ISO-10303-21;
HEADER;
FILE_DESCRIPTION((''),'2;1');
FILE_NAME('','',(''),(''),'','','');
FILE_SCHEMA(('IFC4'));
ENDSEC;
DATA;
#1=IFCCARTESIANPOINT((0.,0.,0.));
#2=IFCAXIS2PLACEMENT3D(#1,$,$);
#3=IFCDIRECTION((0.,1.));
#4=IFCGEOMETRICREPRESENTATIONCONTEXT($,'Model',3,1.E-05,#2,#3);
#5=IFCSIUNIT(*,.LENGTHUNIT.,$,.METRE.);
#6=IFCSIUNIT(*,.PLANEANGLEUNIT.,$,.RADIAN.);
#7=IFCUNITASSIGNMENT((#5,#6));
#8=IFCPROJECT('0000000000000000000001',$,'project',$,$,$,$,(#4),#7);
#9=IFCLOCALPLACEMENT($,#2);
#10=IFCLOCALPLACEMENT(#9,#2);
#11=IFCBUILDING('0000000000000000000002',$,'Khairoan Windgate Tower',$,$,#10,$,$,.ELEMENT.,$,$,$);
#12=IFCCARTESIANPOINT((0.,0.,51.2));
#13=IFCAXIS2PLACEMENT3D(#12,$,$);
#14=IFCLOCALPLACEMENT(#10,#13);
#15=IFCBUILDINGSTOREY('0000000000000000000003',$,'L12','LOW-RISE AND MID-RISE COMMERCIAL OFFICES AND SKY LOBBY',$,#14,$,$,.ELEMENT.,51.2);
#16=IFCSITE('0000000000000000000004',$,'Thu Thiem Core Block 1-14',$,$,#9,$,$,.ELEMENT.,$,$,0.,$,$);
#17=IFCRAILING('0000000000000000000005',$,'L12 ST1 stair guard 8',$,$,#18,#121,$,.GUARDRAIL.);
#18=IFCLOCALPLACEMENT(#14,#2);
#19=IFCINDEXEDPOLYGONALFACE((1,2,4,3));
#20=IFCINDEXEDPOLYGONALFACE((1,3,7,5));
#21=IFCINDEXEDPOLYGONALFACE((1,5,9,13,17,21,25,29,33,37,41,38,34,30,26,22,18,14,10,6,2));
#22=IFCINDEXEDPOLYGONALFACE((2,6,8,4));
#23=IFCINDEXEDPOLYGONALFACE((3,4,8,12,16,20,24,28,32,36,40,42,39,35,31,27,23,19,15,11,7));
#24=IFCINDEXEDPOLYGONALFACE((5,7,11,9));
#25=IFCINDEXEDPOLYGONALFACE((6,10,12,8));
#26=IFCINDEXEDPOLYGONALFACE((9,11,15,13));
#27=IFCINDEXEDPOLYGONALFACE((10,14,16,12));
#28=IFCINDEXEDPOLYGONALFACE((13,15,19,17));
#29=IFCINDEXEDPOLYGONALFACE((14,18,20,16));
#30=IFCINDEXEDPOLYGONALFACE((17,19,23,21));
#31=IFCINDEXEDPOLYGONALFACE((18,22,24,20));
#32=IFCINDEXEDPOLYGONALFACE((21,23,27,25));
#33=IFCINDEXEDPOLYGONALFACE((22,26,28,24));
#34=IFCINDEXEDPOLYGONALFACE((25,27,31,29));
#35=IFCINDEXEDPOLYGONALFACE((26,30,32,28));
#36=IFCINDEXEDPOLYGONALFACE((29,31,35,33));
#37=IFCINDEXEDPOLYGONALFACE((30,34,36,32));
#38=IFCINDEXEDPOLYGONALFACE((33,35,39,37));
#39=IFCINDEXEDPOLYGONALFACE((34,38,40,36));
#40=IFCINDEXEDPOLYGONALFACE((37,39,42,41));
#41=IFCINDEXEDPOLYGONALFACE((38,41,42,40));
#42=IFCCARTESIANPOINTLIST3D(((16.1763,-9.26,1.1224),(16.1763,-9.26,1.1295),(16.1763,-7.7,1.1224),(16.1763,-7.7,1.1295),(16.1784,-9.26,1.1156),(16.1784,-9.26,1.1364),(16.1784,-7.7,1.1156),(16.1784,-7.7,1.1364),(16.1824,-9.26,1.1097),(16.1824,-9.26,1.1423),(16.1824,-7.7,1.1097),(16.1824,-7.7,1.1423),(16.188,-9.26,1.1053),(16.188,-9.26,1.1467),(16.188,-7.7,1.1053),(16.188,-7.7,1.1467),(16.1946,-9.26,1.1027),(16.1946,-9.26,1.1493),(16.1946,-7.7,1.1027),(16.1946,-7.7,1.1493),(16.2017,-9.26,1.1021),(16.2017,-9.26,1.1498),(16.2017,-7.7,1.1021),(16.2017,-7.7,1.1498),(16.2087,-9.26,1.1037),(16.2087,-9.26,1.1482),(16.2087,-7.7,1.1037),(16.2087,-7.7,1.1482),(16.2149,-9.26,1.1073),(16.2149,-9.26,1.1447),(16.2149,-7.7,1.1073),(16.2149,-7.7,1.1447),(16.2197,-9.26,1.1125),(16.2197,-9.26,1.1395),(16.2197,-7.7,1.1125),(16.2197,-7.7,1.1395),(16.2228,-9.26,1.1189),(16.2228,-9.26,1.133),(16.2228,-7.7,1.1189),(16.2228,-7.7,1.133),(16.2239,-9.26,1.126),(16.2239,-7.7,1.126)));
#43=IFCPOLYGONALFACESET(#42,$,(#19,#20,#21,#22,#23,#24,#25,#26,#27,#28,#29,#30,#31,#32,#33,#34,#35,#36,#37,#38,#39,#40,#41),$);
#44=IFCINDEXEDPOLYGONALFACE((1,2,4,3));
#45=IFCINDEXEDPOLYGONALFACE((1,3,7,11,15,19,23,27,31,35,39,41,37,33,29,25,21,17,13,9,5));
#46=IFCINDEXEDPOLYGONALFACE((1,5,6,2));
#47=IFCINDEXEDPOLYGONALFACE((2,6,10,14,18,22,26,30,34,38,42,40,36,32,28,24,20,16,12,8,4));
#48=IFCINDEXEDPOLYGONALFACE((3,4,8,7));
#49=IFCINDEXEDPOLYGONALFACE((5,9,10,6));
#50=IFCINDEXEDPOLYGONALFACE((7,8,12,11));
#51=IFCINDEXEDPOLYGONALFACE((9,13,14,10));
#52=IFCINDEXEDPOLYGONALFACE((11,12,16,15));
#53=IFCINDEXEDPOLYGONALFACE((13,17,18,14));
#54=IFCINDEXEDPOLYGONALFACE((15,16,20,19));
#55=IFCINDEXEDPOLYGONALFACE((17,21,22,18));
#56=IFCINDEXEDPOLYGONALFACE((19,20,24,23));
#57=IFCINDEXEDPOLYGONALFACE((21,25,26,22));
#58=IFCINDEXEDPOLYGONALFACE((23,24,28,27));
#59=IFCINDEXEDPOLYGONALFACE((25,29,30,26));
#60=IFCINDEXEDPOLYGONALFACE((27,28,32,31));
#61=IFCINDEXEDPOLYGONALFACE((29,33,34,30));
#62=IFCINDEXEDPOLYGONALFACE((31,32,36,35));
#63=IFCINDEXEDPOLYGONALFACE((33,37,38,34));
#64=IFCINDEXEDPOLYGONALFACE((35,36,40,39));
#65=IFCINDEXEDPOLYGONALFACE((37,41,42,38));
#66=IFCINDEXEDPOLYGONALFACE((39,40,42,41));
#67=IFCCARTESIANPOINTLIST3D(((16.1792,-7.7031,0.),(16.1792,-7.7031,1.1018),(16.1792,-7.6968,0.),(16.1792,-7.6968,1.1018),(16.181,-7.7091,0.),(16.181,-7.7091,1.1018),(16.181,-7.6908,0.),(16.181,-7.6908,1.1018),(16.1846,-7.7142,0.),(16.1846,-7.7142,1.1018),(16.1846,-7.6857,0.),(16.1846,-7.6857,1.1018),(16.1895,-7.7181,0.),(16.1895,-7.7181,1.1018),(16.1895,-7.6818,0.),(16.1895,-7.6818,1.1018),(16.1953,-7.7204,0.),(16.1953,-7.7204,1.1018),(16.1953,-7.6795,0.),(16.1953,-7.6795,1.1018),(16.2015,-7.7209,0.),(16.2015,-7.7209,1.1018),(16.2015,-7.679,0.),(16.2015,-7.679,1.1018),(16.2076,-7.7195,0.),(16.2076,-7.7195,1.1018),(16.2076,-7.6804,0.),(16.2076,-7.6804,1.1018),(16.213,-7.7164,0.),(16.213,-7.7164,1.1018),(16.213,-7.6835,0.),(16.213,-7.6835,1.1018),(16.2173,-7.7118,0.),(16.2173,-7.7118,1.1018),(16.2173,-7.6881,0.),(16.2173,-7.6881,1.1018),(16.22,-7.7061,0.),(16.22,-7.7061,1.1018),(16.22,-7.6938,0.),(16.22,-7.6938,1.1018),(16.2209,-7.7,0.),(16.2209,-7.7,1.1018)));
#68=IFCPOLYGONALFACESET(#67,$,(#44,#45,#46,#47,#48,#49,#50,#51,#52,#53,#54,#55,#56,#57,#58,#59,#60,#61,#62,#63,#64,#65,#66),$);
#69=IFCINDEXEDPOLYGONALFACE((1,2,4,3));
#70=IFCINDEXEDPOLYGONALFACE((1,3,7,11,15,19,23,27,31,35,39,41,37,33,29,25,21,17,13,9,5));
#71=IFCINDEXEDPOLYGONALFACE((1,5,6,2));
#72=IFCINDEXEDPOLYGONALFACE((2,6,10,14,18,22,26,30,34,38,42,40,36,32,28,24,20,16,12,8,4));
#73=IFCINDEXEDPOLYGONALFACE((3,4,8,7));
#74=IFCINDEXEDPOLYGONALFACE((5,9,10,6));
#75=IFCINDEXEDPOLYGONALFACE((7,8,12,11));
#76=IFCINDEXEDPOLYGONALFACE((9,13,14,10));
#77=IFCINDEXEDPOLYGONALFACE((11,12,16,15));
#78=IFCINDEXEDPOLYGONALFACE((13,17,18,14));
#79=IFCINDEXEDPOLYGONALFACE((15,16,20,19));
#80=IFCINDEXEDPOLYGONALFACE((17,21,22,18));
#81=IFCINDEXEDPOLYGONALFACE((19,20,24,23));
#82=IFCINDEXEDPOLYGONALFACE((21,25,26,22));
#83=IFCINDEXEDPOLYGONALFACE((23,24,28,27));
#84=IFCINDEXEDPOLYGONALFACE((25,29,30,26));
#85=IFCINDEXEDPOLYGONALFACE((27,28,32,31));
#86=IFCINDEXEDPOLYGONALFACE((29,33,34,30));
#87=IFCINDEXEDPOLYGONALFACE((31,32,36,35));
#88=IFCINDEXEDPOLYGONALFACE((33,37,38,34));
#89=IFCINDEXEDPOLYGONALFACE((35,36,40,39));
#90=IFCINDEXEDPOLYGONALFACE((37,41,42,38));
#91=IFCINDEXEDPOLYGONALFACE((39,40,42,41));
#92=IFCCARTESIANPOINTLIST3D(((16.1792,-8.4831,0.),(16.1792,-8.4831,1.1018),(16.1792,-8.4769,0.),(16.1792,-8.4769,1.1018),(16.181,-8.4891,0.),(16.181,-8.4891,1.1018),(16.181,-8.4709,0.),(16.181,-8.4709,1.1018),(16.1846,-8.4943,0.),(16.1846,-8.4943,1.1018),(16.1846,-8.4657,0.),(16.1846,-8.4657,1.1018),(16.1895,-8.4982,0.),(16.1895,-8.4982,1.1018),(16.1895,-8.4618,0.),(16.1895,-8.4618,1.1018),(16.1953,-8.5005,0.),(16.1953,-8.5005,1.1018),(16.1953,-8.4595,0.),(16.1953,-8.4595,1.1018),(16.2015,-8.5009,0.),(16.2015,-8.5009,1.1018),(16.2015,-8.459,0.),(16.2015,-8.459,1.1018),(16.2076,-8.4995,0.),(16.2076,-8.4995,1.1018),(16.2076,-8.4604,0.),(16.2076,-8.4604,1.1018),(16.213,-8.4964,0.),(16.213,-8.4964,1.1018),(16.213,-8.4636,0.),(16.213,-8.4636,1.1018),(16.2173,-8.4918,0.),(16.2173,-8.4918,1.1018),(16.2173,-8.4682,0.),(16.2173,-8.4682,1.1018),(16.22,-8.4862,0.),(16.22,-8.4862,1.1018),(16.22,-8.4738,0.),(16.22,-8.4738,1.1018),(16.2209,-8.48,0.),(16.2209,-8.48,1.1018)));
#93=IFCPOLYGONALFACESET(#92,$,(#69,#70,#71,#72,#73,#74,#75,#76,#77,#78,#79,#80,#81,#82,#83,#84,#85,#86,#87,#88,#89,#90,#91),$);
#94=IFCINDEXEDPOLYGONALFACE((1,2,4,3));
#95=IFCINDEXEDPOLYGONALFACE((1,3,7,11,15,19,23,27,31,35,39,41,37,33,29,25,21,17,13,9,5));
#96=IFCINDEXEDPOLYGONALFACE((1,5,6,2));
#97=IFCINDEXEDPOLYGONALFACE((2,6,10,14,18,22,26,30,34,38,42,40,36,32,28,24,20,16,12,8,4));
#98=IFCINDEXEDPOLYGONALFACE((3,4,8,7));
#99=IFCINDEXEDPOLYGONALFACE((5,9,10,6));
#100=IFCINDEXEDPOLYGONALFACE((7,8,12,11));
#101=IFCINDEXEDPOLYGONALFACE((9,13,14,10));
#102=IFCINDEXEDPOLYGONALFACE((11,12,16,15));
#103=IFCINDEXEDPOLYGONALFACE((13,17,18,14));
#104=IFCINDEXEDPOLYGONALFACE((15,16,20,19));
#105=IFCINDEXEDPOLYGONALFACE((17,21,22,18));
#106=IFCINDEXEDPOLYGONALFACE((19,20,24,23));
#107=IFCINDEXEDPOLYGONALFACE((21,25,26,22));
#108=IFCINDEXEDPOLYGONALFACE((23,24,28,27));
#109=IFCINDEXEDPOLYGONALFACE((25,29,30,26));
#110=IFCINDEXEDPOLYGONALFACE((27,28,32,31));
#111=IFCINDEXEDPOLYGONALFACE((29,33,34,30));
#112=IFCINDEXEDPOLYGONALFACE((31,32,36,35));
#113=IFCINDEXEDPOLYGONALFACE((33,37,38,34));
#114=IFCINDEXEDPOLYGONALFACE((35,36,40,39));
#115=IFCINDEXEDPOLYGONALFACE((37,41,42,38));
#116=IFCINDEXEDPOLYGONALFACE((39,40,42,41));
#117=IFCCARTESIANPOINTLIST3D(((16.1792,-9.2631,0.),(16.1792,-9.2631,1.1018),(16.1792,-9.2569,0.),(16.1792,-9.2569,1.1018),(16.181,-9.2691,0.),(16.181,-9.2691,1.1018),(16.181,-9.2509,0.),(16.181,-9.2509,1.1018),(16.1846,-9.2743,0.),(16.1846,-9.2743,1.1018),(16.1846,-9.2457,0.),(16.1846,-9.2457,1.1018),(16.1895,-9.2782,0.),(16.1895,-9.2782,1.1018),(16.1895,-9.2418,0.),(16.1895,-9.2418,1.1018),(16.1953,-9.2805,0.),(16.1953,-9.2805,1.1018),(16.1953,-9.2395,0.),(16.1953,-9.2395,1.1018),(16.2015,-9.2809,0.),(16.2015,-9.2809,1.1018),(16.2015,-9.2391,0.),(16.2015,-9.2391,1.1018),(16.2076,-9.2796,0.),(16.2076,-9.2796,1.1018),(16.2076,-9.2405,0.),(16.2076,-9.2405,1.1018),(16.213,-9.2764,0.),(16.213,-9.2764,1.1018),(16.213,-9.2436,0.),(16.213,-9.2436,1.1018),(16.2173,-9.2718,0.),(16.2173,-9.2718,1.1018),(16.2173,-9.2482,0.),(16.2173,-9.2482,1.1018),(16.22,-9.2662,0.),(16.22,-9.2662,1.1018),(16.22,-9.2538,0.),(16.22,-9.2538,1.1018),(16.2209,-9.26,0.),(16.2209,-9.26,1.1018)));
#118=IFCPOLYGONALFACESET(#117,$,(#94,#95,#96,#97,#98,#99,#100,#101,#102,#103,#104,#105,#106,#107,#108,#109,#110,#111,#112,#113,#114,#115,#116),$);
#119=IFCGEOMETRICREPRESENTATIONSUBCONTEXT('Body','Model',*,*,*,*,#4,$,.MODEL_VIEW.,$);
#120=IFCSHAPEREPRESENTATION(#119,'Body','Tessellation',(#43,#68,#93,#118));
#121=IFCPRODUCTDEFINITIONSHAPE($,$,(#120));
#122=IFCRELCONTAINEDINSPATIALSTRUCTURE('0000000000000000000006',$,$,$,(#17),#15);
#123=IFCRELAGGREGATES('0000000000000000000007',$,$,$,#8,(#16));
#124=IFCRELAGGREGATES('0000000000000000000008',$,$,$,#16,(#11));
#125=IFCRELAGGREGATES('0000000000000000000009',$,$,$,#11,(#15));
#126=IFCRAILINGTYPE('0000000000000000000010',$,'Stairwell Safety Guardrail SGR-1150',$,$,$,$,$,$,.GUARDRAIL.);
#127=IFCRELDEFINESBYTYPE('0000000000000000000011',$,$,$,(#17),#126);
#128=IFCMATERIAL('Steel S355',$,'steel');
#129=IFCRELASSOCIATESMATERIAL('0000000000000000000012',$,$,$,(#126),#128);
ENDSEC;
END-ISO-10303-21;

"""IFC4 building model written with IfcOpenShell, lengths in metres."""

from ifc_helpers import new_model, si_unit, direction, frame, origin, origin_2d, place, context, subcontext, project, spatial, circle, extrude, material, type_object, element, save


model = new_model("IFC4")

# Units and contexts
model_context = context("Model", 3, precision=1e-05, world=origin(), true_north=direction((0.0, 1.0)))
body_context = subcontext(model_context, "Body", "Model", "MODEL_VIEW")
ifc_project = project(units=[si_unit("LENGTHUNIT", "METRE"), si_unit("PLANEANGLEUNIT", "RADIAN")], contexts=[model_context])

# Site, building, storey
site_placement = place(None, origin())
site = spatial("IfcSite", under=ifc_project, at=site_placement, Name="Thu Thiem Core Block 1-14", CompositionType="ELEMENT", RefElevation=0.0)
building_placement = place(site_placement, origin())
building = spatial("IfcBuilding", under=site, at=building_placement, Name="Khairoan Windgate Tower", CompositionType="ELEMENT")
storey_placement = place(building_placement, frame((0.0, 0.0, 51.2)))
storey = spatial("IfcBuildingStorey", under=building, at=storey_placement, Name="L12", Description="LOW-RISE AND MID-RISE COMMERCIAL OFFICES AND SKY LOBBY", CompositionType="ELEMENT", Elevation=51.2)

# Railing
ifc_material_1 = material(Name="Steel S355", Category="steel")
railing_type_1 = type_object("IfcRailingType", Name="Stairwell Safety Guardrail SGR-1150", PredefinedType="GUARDRAIL", material=ifc_material_1)
railing_1_placement = place(storey_placement, frame((16.2, -7.7, 0.0)))
element("IfcRailing", 1, at=railing_1_placement, inside=storey, type_object=railing_type_1, Name="L12 ST1 stair guard 8", PredefinedType="GUARDRAIL", context=body_context, shape_type="SweptSolid", body=[
    extrude(circle(Radius=0.0239, at=origin_2d()), frame((0.0, 0.0, 1.126), z_axis=(0.0, -1.0, 0.0), x_axis=(1.0, 0.0, 0.0)), (0.0, 0.0, 1.0), 1.5601),
    extrude(circle(Radius=0.021, at=origin_2d()), origin(), (0.0, 0.0, 1.0), 1.1018),
    extrude(circle(Radius=0.021, at=origin_2d()), frame((0.0, -0.78, 0.0)), (0.0, 0.0, 1.0), 1.1018),
    extrude(circle(Radius=0.021, at=origin_2d()), frame((0.0, -1.5601, 0.0)), (0.0, 0.0, 1.0), 1.1018),
])

save(model, "model.ifc")
